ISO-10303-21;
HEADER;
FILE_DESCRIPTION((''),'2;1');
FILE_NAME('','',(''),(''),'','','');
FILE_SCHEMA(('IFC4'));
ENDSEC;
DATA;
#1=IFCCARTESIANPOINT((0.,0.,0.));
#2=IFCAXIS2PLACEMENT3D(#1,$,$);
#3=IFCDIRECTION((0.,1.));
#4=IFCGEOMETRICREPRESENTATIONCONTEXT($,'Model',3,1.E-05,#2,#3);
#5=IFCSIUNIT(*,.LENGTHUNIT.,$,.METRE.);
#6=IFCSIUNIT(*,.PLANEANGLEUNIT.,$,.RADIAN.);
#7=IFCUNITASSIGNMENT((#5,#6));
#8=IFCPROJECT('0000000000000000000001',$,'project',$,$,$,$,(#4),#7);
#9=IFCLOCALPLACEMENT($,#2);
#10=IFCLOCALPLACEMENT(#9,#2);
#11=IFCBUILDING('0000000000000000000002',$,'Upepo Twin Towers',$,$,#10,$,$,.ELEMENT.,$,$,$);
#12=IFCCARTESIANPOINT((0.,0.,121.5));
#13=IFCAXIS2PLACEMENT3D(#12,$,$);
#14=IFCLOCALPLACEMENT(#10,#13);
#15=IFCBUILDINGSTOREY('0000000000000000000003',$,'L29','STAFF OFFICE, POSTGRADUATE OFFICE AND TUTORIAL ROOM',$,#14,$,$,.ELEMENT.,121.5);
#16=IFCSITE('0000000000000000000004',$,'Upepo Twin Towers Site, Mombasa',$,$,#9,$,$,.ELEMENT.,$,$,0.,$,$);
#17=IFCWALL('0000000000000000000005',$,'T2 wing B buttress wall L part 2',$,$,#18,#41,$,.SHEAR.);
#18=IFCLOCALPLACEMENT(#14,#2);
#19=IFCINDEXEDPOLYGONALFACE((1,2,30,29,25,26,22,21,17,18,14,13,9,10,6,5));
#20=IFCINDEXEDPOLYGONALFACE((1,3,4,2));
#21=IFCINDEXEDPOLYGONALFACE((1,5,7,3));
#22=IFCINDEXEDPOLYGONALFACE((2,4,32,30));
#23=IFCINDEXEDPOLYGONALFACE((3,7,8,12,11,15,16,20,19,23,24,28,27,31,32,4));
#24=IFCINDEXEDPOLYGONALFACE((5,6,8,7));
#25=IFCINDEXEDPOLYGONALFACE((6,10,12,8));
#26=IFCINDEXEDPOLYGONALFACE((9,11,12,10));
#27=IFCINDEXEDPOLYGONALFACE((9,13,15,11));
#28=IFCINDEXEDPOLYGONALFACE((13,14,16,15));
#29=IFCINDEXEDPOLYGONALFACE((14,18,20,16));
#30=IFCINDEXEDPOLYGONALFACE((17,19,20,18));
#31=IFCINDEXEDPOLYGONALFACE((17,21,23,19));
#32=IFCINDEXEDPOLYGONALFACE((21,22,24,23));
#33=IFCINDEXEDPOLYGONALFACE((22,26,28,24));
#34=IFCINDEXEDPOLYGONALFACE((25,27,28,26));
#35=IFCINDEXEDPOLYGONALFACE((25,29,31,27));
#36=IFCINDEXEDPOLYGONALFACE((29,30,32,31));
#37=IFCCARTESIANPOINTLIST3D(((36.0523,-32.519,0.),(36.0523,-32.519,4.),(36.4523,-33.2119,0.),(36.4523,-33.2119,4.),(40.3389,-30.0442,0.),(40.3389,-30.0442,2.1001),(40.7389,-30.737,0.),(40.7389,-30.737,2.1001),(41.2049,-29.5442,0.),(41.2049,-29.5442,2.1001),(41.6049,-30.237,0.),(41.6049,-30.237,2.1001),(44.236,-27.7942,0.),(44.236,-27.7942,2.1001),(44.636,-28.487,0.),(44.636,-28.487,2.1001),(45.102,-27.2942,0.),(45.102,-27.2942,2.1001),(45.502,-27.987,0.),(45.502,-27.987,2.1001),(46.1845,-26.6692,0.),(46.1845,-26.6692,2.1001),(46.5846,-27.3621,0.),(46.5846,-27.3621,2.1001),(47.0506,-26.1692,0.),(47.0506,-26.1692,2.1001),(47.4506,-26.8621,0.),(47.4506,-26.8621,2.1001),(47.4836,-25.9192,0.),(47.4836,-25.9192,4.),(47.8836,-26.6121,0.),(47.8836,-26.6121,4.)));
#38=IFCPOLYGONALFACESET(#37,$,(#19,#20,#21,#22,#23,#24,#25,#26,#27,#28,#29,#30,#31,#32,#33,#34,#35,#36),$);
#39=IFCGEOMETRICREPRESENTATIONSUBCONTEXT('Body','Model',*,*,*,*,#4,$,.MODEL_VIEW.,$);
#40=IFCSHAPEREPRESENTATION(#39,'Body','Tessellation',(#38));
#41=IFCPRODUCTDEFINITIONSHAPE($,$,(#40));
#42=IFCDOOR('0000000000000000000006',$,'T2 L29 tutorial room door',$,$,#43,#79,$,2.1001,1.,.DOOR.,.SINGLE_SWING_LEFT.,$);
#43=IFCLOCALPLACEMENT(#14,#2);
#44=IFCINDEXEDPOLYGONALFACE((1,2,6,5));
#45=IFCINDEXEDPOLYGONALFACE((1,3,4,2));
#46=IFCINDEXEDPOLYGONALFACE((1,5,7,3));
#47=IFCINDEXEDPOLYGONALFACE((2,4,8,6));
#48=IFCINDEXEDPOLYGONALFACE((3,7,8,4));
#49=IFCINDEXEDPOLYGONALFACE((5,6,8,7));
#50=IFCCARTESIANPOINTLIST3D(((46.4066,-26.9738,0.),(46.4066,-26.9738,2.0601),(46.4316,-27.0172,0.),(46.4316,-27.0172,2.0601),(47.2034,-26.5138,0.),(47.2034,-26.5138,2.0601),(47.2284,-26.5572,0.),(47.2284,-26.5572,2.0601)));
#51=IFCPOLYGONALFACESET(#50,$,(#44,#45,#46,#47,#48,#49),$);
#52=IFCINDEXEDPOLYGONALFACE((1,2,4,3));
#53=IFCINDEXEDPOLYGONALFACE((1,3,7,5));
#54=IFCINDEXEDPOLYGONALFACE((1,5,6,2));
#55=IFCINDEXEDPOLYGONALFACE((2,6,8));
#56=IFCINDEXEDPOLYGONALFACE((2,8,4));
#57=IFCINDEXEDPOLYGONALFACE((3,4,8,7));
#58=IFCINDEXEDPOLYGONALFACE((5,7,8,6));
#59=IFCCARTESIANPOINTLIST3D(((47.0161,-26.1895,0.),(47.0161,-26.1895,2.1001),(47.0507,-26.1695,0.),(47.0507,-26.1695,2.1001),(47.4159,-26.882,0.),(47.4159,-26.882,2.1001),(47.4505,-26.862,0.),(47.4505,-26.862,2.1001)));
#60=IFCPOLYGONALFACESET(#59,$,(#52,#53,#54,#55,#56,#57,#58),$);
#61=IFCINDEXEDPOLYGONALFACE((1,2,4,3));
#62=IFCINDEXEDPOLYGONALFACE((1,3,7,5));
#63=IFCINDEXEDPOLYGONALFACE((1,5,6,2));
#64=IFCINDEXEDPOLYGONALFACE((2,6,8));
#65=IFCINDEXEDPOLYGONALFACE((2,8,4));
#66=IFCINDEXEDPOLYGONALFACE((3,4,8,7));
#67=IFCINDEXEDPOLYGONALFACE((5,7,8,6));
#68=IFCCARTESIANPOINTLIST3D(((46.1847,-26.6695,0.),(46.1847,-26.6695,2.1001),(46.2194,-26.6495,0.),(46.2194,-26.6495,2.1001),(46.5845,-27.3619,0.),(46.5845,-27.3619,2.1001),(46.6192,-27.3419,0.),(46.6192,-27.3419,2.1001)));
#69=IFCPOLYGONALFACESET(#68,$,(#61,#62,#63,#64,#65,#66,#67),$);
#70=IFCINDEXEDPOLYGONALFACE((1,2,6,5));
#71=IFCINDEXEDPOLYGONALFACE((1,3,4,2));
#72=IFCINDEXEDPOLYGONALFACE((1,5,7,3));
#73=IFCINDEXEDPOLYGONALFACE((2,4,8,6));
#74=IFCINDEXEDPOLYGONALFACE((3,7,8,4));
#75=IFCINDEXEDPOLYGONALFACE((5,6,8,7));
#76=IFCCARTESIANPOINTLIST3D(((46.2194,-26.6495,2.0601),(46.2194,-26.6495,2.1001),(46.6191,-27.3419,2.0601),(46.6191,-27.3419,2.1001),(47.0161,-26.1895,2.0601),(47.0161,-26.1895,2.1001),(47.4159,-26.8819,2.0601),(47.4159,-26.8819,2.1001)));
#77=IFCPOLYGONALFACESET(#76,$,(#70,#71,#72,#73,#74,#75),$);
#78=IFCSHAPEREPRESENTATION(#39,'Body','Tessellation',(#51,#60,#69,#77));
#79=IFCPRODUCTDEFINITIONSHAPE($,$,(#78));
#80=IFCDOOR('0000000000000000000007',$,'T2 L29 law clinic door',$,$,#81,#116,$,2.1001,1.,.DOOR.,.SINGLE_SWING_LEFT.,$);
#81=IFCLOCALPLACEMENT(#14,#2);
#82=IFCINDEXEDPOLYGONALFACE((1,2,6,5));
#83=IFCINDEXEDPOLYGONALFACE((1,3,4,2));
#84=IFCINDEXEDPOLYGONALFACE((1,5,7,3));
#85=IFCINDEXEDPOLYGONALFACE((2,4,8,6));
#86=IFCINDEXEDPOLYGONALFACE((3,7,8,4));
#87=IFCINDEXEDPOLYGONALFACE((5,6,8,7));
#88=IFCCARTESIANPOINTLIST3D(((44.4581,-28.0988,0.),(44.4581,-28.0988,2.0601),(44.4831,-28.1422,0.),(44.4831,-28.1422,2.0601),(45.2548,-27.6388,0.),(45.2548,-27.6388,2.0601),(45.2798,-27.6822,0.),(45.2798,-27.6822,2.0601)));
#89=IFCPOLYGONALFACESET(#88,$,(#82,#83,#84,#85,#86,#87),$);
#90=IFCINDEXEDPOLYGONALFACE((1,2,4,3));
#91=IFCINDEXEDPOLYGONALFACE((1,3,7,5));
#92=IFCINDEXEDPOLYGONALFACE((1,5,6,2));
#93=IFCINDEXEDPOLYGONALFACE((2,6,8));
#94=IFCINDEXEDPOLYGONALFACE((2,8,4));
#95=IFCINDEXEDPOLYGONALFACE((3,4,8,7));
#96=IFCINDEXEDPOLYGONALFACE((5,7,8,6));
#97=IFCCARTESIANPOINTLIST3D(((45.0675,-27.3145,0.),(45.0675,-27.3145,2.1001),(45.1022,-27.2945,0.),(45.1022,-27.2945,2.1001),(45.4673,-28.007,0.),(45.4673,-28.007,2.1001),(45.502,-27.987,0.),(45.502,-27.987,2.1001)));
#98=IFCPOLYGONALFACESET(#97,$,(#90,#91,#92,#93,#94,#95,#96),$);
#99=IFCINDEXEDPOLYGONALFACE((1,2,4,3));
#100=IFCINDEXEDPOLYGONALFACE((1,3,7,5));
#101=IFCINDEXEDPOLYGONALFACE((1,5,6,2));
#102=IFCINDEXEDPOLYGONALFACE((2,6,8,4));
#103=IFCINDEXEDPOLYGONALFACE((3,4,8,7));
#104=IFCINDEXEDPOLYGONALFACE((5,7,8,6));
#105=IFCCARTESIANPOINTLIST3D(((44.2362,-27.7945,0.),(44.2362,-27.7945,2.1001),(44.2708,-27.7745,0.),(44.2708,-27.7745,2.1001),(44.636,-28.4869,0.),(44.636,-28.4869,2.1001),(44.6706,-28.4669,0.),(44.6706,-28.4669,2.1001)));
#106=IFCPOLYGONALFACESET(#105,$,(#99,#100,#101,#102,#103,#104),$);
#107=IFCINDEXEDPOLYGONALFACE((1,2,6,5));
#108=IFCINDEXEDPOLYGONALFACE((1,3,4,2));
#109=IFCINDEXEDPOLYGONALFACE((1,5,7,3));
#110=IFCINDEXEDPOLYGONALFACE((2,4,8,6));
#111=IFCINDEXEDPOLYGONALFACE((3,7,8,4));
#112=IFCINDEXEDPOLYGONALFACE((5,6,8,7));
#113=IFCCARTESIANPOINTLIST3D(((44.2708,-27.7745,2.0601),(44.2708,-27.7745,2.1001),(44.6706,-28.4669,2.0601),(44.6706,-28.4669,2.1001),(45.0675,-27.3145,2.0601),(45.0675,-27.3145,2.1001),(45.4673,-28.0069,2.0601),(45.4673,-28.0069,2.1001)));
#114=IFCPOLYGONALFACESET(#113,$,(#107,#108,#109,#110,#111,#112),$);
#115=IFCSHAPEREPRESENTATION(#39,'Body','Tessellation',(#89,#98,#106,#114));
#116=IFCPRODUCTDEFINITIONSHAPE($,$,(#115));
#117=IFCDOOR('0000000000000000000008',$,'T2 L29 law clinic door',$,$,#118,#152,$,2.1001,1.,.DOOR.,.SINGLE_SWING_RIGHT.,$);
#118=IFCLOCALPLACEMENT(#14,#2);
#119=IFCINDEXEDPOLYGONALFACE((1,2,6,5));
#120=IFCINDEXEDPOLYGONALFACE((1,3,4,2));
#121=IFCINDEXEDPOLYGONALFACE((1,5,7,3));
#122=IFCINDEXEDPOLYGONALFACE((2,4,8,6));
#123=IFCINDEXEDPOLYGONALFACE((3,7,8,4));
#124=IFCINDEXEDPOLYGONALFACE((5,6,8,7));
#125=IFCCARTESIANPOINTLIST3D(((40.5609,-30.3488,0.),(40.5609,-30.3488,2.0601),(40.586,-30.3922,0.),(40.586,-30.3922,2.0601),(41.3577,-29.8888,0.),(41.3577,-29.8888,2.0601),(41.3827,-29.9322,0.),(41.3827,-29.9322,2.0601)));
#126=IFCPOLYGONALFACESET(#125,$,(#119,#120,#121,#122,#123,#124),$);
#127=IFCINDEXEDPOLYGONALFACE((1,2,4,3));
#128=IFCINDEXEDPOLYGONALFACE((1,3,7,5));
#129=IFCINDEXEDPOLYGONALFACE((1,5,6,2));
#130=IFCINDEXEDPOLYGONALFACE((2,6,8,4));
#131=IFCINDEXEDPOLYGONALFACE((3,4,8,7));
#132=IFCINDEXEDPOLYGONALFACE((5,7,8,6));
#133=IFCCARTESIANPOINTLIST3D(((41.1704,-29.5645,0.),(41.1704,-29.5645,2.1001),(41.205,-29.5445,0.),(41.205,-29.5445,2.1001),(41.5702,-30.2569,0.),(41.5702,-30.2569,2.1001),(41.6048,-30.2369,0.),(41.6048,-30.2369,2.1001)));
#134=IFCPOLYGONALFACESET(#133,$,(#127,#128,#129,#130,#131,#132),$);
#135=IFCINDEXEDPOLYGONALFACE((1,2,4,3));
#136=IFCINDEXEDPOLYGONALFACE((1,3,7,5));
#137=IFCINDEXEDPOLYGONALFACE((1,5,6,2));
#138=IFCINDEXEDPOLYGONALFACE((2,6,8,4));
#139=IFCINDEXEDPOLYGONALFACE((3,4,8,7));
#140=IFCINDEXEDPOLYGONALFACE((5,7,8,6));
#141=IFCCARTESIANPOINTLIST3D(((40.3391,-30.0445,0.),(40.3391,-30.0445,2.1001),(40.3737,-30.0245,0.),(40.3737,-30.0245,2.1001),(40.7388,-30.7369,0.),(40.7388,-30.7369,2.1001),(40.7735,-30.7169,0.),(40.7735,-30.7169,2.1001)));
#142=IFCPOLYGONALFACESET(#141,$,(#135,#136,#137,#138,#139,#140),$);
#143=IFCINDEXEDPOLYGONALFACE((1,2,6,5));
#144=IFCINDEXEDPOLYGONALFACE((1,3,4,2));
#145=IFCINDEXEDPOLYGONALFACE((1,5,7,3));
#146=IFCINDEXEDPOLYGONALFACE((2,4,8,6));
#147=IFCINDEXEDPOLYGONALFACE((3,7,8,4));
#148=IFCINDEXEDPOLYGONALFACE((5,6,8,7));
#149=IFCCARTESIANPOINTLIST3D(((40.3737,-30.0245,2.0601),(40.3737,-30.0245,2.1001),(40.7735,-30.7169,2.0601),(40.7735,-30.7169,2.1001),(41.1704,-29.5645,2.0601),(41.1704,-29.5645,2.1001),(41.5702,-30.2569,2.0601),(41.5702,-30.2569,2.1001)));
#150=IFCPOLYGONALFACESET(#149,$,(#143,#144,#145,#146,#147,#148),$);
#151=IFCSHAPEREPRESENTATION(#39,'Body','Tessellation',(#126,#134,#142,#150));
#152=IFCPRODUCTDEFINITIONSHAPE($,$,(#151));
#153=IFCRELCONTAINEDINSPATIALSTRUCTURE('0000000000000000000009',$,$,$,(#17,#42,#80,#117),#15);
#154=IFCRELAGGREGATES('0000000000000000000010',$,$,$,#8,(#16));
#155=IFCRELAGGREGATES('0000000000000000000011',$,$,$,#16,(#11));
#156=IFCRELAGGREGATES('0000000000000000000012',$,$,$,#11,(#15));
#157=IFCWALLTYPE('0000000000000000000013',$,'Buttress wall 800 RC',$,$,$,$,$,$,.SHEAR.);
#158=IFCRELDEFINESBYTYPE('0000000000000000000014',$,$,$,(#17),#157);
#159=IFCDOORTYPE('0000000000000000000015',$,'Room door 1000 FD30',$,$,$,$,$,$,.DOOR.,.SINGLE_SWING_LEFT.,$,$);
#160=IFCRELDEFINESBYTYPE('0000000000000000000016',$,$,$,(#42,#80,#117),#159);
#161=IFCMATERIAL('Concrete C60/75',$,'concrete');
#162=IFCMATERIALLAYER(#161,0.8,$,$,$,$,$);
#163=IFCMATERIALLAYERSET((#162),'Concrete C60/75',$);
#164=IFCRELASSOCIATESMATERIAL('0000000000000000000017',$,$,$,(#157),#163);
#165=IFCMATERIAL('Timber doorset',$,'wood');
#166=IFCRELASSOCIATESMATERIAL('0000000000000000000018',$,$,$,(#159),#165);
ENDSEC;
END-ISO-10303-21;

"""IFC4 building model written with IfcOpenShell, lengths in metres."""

from ifc_helpers import new_model, si_unit, direction, frame, frame_2d, origin, place, context, subcontext, project, spatial, rectangle, extrude, material, layer, layer_set, type_object, element, fill, save


model = new_model("IFC4")

# Units and contexts
model_context = context("Model", 3, precision=1e-05, world=origin(), true_north=direction((0.0, 1.0)))
body_context = subcontext(model_context, "Body", "Model", "MODEL_VIEW")
ifc_project = project(units=[si_unit("LENGTHUNIT", "METRE"), si_unit("PLANEANGLEUNIT", "RADIAN")], contexts=[model_context])

# Site, building, storey
site_placement = place(None, origin())
site = spatial("IfcSite", under=ifc_project, at=site_placement, Name="Upepo Twin Towers Site, Mombasa", CompositionType="ELEMENT", RefElevation=0.0)
building_placement = place(site_placement, origin())
building = spatial("IfcBuilding", under=site, at=building_placement, Name="Upepo Twin Towers", CompositionType="ELEMENT")
storey_placement = place(building_placement, frame((0.0, 0.0, 121.5)))
storey = spatial("IfcBuildingStorey", under=building, at=storey_placement, Name="L29", Description="STAFF OFFICE, POSTGRADUATE OFFICE AND TUTORIAL ROOM", CompositionType="ELEMENT", Elevation=121.5)

# Wall, openings, doors
ifc_material_1 = material(Name="Concrete C60/75", Category="concrete")
ifc_layer_1 = layer(ifc_material_1, 0.8)
ifc_layer_set_1 = layer_set([ifc_layer_1], Name="Concrete C60/75")
wall_type_1 = type_object("IfcWallType", Name="Buttress wall 800 RC", PredefinedType="SHEAR", material=ifc_layer_set_1)
wall_1_placement = place(storey_placement, frame((47.6836, -26.2656, 0.0), z_axis=(0.0, 0.0, 1.0), x_axis=(-0.866028, -0.499996, 0.0)))
wall_1 = element("IfcWall", 1, at=wall_1_placement, inside=storey, type_object=wall_type_1, Name="T2 wing B buttress wall L part 2", PredefinedType="SHEAR", context=body_context, shape_type="SweptSolid", body=[
    extrude(rectangle(XDim=13.1997, YDim=0.8, at=frame_2d((6.5999, 0.0))), origin(), (0.0, 0.0, 1.0), 4.0),
])
opening_1_placement = place(wall_1_placement, frame((0.5, 0.0, 0.0)))
opening_1 = element("IfcOpeningElement", 2, at=opening_1_placement, cuts=wall_1, PredefinedType="OPENING", context=body_context, shape_type="SweptSolid", body=[
    extrude(rectangle(XDim=1.0, YDim=2.1001, at=frame_2d((0.5, 1.05))), frame((0.0, 0.4099, 0.0), z_axis=(0.0, -1.0, 0.0), x_axis=(1.0, 0.0, 0.0)), (0.0, 0.0, 1.0), 0.8201),
])
opening_2_placement = place(wall_1_placement, frame((2.75, 0.0, 0.0)))
opening_2 = element("IfcOpeningElement", 3, at=opening_2_placement, cuts=wall_1, PredefinedType="OPENING", context=body_context, shape_type="SweptSolid", body=[
    extrude(rectangle(XDim=1.0, YDim=2.1001, at=frame_2d((0.5, 1.05))), frame((0.0, 0.4099, 0.0), z_axis=(0.0, -1.0, 0.0), x_axis=(1.0, 0.0, 0.0)), (0.0, 0.0, 1.0), 0.8201),
])
opening_3_placement = place(wall_1_placement, frame((7.25, 0.0, 0.0)))
opening_3 = element("IfcOpeningElement", 4, at=opening_3_placement, cuts=wall_1, PredefinedType="OPENING", context=body_context, shape_type="SweptSolid", body=[
    extrude(rectangle(XDim=1.0, YDim=2.1001, at=frame_2d((0.5, 1.05))), frame((0.0, 0.4099, 0.0), z_axis=(0.0, -1.0, 0.0), x_axis=(1.0, 0.0, 0.0)), (0.0, 0.0, 1.0), 0.8201),
])
ifc_material_2 = material(Name="Timber doorset", Category="wood")
door_type_1 = type_object("IfcDoorType", Name="Room door 1000 FD30", OperationType="SINGLE_SWING_LEFT", PredefinedType="DOOR", material=ifc_material_2)
door_1_placement = place(opening_1_placement, origin())
door_1 = element("IfcDoor", 5, at=door_1_placement, inside=storey, type_object=door_type_1, Name="T2 L29 tutorial room door", OperationType="SINGLE_SWING_LEFT", OverallHeight=2.1001, OverallWidth=1.0, PredefinedType="DOOR", context=body_context, shape_type="SweptSolid", body=[
    extrude(rectangle(XDim=0.92, YDim=2.0601, at=frame_2d((0.5, 1.03))), frame((0.0, 0.0249, 0.0), z_axis=(0.0, -1.0, 0.0), x_axis=(1.0, 0.0, 0.0)), (0.0, 0.0, 1.0), 0.05),
    extrude(rectangle(XDim=0.04, YDim=2.1001, at=frame_2d((0.02, 1.05))), frame((0.0, 0.3999, 0.0), z_axis=(0.0, -1.0, 0.0), x_axis=(1.0, 0.0, 0.0)), (0.0, 0.0, 1.0), 0.7996),
    extrude(rectangle(XDim=0.04, YDim=2.1001, at=frame_2d((0.98, 1.05))), frame((0.0, 0.3999, 0.0), z_axis=(0.0, -1.0, 0.0), x_axis=(1.0, 0.0, 0.0)), (0.0, 0.0, 1.0), 0.7996),
    extrude(rectangle(XDim=0.92, YDim=0.04, at=frame_2d((0.5, 2.0801))), frame((0.0, 0.3999, 0.0), z_axis=(0.0, -1.0, 0.0), x_axis=(1.0, 0.0, 0.0)), (0.0, 0.0, 1.0), 0.7996),
])
fill(opening_1, door_1)
door_2_placement = place(opening_2_placement, origin())
door_2 = element("IfcDoor", 6, at=door_2_placement, inside=storey, type_object=door_type_1, Name="T2 L29 law clinic door", OperationType="SINGLE_SWING_LEFT", OverallHeight=2.1001, OverallWidth=1.0, PredefinedType="DOOR", context=body_context, shape_type="SweptSolid", body=[
    extrude(rectangle(XDim=0.92, YDim=2.0601, at=frame_2d((0.5, 1.03))), frame((0.0, 0.0249, 0.0), z_axis=(0.0, -1.0, 0.0), x_axis=(1.0, 0.0, 0.0)), (0.0, 0.0, 1.0), 0.05),
    extrude(rectangle(XDim=0.04, YDim=2.1001, at=frame_2d((0.02, 1.05))), frame((0.0, 0.3999, 0.0), z_axis=(0.0, -1.0, 0.0), x_axis=(1.0, 0.0, 0.0)), (0.0, 0.0, 1.0), 0.7996),
    extrude(rectangle(XDim=0.04, YDim=2.1001, at=frame_2d((0.98, 1.05))), frame((0.0, 0.3999, 0.0), z_axis=(0.0, -1.0, 0.0), x_axis=(1.0, 0.0, 0.0)), (0.0, 0.0, 1.0), 0.7996),
    extrude(rectangle(XDim=0.92, YDim=0.04, at=frame_2d((0.5, 2.0801))), frame((0.0, 0.3999, 0.0), z_axis=(0.0, -1.0, 0.0), x_axis=(1.0, 0.0, 0.0)), (0.0, 0.0, 1.0), 0.7996),
])
fill(opening_2, door_2)
door_3_placement = place(opening_3_placement, origin())
door_3 = element("IfcDoor", 7, at=door_3_placement, inside=storey, type_object=door_type_1, Name="T2 L29 law clinic door", OperationType="SINGLE_SWING_RIGHT", OverallHeight=2.1001, OverallWidth=1.0, PredefinedType="DOOR", context=body_context, shape_type="SweptSolid", body=[
    extrude(rectangle(XDim=0.92, YDim=2.0601, at=frame_2d((0.5, 1.03))), frame((0.0, 0.0249, 0.0), z_axis=(0.0, -1.0, 0.0), x_axis=(1.0, 0.0, 0.0)), (0.0, 0.0, 1.0), 0.05),
    extrude(rectangle(XDim=0.04, YDim=2.1001, at=frame_2d((0.02, 1.05))), frame((0.0, 0.3999, 0.0), z_axis=(0.0, -1.0, 0.0), x_axis=(1.0, 0.0, 0.0)), (0.0, 0.0, 1.0), 0.7996),
    extrude(rectangle(XDim=0.04, YDim=2.1001, at=frame_2d((0.98, 1.05))), frame((0.0, 0.3999, 0.0), z_axis=(0.0, -1.0, 0.0), x_axis=(1.0, 0.0, 0.0)), (0.0, 0.0, 1.0), 0.7996),
    extrude(rectangle(XDim=0.92, YDim=0.04, at=frame_2d((0.5, 2.0801))), frame((0.0, 0.3999, 0.0), z_axis=(0.0, -1.0, 0.0), x_axis=(1.0, 0.0, 0.0)), (0.0, 0.0, 1.0), 0.7996),
])
fill(opening_3, door_3)

save(model, "model.ifc")
